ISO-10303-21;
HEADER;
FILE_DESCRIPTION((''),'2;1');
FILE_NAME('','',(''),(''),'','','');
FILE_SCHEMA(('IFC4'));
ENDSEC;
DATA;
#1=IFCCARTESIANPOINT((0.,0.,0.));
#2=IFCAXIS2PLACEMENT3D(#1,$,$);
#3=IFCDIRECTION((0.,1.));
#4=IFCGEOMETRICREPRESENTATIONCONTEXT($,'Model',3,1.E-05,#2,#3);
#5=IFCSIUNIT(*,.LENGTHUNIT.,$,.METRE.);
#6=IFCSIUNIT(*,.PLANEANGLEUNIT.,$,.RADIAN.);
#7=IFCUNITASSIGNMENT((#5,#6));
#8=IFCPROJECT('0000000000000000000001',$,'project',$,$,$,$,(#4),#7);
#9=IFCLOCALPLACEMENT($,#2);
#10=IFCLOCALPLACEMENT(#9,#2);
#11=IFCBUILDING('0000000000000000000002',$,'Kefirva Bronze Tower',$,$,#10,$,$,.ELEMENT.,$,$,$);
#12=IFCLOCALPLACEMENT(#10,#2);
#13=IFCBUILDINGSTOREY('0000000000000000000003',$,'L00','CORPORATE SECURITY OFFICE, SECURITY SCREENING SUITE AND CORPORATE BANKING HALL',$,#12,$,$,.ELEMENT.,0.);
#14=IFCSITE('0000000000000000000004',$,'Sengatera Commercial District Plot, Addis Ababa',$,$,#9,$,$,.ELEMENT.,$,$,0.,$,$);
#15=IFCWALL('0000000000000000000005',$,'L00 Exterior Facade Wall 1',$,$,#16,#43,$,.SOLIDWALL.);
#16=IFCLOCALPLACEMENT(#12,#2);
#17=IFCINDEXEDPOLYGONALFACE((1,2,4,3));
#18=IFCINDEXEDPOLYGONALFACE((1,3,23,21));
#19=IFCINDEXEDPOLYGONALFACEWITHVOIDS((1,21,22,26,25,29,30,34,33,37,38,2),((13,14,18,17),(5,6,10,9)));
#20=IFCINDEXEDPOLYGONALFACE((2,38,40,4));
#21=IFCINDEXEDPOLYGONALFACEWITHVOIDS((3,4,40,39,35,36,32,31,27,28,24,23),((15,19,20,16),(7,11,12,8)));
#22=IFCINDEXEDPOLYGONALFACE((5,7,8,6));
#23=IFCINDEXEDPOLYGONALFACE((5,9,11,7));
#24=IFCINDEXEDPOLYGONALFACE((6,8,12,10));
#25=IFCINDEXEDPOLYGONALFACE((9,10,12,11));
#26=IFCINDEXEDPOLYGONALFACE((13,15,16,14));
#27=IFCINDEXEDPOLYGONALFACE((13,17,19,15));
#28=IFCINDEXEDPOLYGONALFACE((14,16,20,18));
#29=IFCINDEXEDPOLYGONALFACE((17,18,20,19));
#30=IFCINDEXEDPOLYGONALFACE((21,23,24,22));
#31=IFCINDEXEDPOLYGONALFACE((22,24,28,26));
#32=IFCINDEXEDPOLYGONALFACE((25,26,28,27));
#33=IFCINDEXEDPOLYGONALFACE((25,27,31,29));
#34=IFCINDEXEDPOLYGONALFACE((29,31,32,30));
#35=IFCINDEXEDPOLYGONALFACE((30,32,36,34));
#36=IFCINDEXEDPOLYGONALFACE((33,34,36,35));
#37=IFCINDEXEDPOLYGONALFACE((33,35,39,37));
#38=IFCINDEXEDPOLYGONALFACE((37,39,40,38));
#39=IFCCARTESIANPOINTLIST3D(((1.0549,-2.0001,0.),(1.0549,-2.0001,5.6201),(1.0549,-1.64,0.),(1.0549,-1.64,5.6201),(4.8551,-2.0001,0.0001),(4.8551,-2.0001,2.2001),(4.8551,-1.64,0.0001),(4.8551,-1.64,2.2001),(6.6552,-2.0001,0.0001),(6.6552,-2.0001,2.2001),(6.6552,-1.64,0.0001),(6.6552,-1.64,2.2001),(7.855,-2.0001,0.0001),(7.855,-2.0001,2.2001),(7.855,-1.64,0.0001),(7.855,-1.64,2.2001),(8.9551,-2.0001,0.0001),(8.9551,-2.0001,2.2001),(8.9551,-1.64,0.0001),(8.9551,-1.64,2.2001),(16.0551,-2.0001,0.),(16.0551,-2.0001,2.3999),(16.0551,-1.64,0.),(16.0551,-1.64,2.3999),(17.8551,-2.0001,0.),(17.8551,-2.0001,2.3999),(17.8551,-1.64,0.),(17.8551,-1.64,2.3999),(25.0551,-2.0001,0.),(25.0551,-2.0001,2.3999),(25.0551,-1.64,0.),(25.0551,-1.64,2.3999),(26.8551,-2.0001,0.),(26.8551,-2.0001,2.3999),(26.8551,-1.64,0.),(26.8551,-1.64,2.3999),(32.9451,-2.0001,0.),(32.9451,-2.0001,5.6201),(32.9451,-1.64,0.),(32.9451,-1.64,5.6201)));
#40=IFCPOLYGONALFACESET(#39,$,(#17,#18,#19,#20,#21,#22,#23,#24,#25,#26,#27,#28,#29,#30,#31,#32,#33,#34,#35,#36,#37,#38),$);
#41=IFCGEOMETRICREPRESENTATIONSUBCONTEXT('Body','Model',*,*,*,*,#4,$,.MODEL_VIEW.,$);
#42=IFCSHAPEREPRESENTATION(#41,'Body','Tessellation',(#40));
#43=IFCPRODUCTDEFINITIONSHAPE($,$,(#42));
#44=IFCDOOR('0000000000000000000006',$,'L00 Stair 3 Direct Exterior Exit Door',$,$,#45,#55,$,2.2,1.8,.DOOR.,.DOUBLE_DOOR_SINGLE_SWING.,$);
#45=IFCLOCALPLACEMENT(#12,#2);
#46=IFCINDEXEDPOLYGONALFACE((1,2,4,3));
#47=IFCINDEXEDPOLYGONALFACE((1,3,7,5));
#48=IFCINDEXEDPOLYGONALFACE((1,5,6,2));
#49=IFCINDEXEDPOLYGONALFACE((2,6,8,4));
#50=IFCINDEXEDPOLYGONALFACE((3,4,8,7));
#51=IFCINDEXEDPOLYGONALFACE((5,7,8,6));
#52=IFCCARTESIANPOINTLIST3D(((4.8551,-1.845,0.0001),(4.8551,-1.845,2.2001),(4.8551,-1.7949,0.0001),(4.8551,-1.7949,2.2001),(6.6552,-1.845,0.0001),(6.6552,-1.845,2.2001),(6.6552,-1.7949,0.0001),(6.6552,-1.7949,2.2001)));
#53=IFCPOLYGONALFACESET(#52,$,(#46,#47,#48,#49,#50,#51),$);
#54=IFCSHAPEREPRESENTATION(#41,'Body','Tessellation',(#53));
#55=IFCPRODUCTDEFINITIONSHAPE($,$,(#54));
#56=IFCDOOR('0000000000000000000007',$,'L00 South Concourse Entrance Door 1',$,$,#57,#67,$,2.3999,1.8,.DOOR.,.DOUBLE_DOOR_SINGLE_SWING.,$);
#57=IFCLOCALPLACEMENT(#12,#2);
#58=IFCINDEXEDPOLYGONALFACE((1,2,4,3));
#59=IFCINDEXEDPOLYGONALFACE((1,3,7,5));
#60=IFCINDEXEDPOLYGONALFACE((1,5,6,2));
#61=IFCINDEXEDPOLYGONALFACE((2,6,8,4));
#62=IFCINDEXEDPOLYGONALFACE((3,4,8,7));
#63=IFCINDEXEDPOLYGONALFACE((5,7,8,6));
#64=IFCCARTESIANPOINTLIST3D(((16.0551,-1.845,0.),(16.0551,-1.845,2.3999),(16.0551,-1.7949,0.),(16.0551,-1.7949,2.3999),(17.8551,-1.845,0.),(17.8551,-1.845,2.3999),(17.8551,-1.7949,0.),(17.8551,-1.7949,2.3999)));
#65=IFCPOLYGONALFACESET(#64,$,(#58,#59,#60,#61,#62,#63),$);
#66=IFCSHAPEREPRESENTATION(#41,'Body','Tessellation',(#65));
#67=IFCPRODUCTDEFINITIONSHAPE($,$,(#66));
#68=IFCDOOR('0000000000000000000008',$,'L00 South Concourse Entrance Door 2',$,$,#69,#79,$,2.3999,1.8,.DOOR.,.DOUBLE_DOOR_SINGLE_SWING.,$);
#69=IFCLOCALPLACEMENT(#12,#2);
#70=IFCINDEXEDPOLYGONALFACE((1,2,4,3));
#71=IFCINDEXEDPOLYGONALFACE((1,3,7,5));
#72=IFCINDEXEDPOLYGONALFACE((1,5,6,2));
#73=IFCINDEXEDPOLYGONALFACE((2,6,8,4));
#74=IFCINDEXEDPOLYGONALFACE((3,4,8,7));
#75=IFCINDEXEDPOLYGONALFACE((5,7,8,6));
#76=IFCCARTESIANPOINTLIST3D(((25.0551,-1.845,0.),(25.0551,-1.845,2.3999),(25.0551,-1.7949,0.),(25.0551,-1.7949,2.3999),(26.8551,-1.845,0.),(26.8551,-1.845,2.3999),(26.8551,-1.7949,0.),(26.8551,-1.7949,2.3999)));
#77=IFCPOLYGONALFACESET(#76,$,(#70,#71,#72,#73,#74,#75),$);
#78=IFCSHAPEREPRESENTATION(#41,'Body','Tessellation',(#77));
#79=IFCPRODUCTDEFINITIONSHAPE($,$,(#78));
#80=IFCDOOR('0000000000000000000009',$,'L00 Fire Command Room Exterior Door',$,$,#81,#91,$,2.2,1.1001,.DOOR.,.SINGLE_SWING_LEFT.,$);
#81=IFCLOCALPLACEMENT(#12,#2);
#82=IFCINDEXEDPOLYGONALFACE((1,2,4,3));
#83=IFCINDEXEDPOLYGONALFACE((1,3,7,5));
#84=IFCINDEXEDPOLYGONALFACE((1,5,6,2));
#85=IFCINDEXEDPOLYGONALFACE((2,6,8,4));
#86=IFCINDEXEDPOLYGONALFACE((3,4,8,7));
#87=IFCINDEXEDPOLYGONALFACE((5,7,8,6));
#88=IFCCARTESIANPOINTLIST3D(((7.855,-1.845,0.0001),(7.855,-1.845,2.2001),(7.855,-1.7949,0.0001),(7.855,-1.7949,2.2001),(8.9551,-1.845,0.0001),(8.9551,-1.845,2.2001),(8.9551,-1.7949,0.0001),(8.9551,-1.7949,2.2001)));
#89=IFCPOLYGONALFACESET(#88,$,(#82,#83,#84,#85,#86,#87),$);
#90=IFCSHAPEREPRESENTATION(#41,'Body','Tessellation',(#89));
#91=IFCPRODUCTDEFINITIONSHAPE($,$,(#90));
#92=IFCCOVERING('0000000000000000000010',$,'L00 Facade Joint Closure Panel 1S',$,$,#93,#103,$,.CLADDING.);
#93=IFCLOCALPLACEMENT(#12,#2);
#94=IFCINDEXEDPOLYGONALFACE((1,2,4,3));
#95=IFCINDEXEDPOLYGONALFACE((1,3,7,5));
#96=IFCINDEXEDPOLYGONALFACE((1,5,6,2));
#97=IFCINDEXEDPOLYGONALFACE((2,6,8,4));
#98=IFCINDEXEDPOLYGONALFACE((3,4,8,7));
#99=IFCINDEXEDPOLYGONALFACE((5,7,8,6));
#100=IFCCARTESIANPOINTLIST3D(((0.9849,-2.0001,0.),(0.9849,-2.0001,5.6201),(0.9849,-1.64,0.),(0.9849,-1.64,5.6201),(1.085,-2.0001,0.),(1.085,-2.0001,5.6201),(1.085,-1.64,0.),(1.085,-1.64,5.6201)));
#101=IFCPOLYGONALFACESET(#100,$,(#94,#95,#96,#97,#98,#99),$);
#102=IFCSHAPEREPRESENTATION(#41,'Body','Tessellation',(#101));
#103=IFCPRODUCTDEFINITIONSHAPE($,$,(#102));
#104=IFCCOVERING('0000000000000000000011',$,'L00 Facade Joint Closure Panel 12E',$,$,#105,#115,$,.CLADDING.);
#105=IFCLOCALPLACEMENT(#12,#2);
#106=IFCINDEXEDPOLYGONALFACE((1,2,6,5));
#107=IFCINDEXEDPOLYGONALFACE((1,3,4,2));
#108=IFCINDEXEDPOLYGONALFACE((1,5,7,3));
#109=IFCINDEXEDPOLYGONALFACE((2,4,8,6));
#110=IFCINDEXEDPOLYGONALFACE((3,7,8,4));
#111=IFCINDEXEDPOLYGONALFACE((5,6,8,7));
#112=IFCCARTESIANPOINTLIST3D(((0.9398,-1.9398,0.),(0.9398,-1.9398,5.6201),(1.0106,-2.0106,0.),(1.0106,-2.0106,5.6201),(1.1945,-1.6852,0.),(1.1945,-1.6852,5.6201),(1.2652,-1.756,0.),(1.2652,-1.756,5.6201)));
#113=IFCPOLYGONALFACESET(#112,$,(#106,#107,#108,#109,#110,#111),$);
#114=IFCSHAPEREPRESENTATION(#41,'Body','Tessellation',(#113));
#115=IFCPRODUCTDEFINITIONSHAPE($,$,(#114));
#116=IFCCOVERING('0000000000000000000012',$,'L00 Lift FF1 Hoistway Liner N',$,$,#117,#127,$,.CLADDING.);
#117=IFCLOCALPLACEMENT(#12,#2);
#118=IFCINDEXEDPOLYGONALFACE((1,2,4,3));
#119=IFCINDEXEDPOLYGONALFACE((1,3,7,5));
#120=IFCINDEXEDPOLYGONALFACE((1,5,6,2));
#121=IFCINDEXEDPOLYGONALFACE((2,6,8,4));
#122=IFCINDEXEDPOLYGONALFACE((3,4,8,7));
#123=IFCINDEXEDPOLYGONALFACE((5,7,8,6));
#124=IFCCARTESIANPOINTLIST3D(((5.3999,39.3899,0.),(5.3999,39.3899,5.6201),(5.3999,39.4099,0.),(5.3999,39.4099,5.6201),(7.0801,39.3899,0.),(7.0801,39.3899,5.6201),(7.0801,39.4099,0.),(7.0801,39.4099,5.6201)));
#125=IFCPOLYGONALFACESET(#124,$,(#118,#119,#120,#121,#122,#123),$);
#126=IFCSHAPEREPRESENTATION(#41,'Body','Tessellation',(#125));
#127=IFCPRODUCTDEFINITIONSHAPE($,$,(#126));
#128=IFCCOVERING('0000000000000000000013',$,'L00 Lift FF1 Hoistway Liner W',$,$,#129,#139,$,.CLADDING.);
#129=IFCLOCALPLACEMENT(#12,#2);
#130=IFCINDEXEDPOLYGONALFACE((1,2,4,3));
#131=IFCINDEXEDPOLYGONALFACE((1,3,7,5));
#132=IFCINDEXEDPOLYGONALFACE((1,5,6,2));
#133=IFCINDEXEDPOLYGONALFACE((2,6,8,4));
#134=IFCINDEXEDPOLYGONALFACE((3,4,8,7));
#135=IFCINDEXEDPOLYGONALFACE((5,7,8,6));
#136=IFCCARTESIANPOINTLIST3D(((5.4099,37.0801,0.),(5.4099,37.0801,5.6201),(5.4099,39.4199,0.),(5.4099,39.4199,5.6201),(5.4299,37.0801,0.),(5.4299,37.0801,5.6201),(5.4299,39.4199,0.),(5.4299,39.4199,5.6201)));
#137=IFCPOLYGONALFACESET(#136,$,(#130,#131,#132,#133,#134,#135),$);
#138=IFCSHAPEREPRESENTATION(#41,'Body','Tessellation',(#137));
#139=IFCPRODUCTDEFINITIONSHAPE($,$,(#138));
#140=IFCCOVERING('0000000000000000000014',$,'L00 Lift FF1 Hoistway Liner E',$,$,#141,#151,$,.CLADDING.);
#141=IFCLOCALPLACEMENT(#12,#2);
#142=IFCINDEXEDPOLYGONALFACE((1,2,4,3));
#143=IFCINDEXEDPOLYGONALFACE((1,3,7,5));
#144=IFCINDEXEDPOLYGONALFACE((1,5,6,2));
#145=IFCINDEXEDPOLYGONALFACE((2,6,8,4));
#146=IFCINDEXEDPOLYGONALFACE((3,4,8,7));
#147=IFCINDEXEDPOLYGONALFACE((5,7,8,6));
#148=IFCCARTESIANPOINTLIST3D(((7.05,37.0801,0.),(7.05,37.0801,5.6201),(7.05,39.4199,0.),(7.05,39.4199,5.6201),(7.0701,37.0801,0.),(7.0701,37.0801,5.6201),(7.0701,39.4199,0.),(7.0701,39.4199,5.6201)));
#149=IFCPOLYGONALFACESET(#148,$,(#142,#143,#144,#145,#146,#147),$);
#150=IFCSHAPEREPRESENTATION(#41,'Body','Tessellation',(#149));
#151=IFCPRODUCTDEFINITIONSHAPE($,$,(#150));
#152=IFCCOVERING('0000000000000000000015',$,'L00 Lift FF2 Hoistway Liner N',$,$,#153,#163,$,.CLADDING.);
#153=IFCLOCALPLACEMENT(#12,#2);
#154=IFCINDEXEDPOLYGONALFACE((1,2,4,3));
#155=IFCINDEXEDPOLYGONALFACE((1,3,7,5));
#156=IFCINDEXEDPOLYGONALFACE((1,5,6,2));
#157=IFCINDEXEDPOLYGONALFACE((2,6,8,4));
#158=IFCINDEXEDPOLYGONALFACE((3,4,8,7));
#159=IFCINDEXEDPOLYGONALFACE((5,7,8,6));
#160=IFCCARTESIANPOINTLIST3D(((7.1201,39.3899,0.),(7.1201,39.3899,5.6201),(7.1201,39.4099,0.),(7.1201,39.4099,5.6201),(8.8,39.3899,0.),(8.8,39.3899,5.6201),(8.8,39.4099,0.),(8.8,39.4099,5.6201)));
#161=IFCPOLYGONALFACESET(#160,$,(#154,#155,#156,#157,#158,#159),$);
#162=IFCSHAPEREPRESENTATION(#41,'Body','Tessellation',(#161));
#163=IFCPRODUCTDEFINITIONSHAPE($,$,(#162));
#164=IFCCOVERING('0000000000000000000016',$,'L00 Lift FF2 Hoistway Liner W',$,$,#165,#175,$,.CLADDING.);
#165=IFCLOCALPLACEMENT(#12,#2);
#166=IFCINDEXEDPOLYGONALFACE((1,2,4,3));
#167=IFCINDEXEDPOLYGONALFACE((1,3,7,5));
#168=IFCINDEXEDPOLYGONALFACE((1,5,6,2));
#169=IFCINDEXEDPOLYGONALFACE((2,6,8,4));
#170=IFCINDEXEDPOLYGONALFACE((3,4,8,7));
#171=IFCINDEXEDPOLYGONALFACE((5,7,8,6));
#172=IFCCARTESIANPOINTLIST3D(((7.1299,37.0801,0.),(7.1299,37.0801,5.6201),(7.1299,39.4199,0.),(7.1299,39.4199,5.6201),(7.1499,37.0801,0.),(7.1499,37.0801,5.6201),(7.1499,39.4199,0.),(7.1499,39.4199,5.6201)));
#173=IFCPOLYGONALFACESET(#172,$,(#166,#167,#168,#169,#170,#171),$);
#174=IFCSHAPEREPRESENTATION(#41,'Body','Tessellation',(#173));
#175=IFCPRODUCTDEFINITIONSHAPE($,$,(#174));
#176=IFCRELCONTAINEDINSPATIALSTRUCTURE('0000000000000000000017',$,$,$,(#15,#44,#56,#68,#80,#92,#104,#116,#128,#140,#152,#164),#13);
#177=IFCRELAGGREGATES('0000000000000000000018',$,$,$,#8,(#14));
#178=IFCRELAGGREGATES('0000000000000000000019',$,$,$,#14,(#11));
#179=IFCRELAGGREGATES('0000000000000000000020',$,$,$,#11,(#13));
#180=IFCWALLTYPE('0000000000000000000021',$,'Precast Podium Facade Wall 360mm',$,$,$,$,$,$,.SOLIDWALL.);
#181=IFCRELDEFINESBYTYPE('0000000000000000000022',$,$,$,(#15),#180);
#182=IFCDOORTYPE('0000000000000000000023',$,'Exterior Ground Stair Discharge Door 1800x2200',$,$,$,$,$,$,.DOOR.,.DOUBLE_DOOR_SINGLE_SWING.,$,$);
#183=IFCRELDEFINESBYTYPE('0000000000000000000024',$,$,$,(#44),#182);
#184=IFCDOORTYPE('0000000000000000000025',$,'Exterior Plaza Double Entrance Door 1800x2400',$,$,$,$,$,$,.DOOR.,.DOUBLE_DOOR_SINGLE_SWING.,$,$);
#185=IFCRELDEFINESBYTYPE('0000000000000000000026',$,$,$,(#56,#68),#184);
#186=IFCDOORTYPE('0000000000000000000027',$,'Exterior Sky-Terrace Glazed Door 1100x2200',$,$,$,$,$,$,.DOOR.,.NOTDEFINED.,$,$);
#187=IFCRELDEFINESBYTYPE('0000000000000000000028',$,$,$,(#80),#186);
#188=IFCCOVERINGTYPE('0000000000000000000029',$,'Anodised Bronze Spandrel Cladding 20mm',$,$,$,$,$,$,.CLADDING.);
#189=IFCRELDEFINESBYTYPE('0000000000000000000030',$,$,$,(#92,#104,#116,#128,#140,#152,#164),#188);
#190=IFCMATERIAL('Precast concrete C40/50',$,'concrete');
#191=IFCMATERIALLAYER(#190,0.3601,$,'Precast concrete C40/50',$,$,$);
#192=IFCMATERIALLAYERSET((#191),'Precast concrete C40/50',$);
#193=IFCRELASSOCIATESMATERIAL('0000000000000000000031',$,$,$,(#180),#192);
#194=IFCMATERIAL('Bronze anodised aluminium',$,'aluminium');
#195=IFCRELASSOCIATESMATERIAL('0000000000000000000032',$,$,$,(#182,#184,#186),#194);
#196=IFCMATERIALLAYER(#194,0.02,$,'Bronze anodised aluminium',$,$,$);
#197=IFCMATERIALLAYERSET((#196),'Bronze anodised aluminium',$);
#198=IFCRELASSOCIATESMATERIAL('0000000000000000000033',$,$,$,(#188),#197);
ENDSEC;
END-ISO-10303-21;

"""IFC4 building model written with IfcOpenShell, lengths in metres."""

from ifc_helpers import new_model, si_unit, direction, frame, frame_2d, origin, origin_2d, place, context, subcontext, project, spatial, polyline, rectangle, outline, extrude, material, layer, layer_set, type_object, element, fill, save


model = new_model("IFC4")

# Units and contexts
model_context = context("Model", 3, precision=1e-05, world=origin(), true_north=direction((0.0, 1.0)))
body_context = subcontext(model_context, "Body", "Model", "MODEL_VIEW")
ifc_project = project(units=[si_unit("LENGTHUNIT", "METRE"), si_unit("PLANEANGLEUNIT", "RADIAN")], contexts=[model_context])

# Site, building, storey
site_placement = place(None, origin())
site = spatial("IfcSite", under=ifc_project, at=site_placement, Name="Sengatera Commercial District Plot, Addis Ababa", CompositionType="ELEMENT", RefElevation=0.0)
building_placement = place(site_placement, origin())
building = spatial("IfcBuilding", under=site, at=building_placement, Name="Kefirva Bronze Tower", CompositionType="ELEMENT")
storey_placement = place(building_placement, origin())
storey = spatial("IfcBuildingStorey", under=building, at=storey_placement, Name="L00", Description="CORPORATE SECURITY OFFICE, SECURITY SCREENING SUITE AND CORPORATE BANKING HALL", CompositionType="ELEMENT", Elevation=0.0)

# Wall, openings, doors
ifc_material_1 = material(Name="Precast concrete C40/50", Category="concrete")
ifc_layer_1 = layer(ifc_material_1, 0.3601, Name="Precast concrete C40/50")
ifc_layer_set_1 = layer_set([ifc_layer_1], Name="Precast concrete C40/50")
wall_type = type_object("IfcWallType", Name="Precast Podium Facade Wall 360mm", PredefinedType="SOLIDWALL", material=ifc_layer_set_1)
wall_placement = place(storey_placement, frame((1.0549, -1.8201, 0.0), z_axis=(0.0, 0.0, 1.0), x_axis=(1.0, 0.0, 0.0)))
wall = element("IfcWall", 1, at=wall_placement, inside=storey, type_object=wall_type, Name="L00 Exterior Facade Wall 1", PredefinedType="SOLIDWALL", context=body_context, shape_type="SweptSolid", body=[
    extrude(rectangle(XDim=31.8901, YDim=0.3601, at=frame_2d((15.9451, 0.0))), origin(), (0.0, 0.0, 1.0), 5.6201),
])
opening_1_placement = place(wall_placement, frame((5.6001, 0.0, 0.0), z_axis=(0.0, 0.0, 1.0), x_axis=(-1.0, 0.0, 0.0)))
opening_1 = element("IfcOpeningElement", 2, at=opening_1_placement, cuts=wall, PredefinedType="OPENING", context=body_context, shape_type="SweptSolid", body=[
    extrude(rectangle(XDim=1.8, YDim=2.2, at=frame_2d((0.8999, 1.1001))), frame((0.0, 0.1899, 0.0), z_axis=(0.0, -1.0, 0.0), x_axis=(1.0, 0.0, 0.0)), (0.0, 0.0, 1.0), 0.3801),
])
opening_2_placement = place(wall_placement, frame((7.9001, 0.0, 0.0), z_axis=(0.0, 0.0, 1.0), x_axis=(-1.0, 0.0, 0.0)))
opening_2 = element("IfcOpeningElement", 3, at=opening_2_placement, cuts=wall, PredefinedType="OPENING", context=body_context, shape_type="SweptSolid", body=[
    extrude(rectangle(XDim=1.1001, YDim=2.2, at=frame_2d((0.55, 1.1001))), frame((0.0, 0.1899, 0.0), z_axis=(0.0, -1.0, 0.0), x_axis=(1.0, 0.0, 0.0)), (0.0, 0.0, 1.0), 0.3801),
])
opening_3_placement = place(wall_placement, frame((16.8, 0.0, 0.0), z_axis=(0.0, 0.0, 1.0), x_axis=(-1.0, 0.0, 0.0)))
opening_3 = element("IfcOpeningElement", 4, at=opening_3_placement, cuts=wall, PredefinedType="OPENING", context=body_context, shape_type="SweptSolid", body=[
    extrude(rectangle(XDim=1.8, YDim=2.3999, at=frame_2d((0.8999, 1.2))), frame((0.0, 0.1899, 0.0), z_axis=(0.0, -1.0, 0.0), x_axis=(1.0, 0.0, 0.0)), (0.0, 0.0, 1.0), 0.3801),
])
opening_4_placement = place(wall_placement, frame((25.8, 0.0, 0.0), z_axis=(0.0, 0.0, 1.0), x_axis=(-1.0, 0.0, 0.0)))
opening_4 = element("IfcOpeningElement", 5, at=opening_4_placement, cuts=wall, PredefinedType="OPENING", context=body_context, shape_type="SweptSolid", body=[
    extrude(rectangle(XDim=1.8, YDim=2.3999, at=frame_2d((0.8999, 1.2))), frame((0.0, 0.1899, 0.0), z_axis=(0.0, -1.0, 0.0), x_axis=(1.0, 0.0, 0.0)), (0.0, 0.0, 1.0), 0.3801),
])
ifc_material_2 = material(Name="Bronze anodised aluminium", Category="aluminium")
door_type_1 = type_object("IfcDoorType", Name="Exterior Ground Stair Discharge Door 1800x2200", OperationType="DOUBLE_DOOR_SINGLE_SWING", PredefinedType="DOOR", material=ifc_material_2)
door_1_placement = place(opening_1_placement, origin())
door_1 = element("IfcDoor", 6, at=door_1_placement, inside=storey, type_object=door_type_1, Name="L00 Stair 3 Direct Exterior Exit Door", OperationType="DOUBLE_DOOR_SINGLE_SWING", OverallHeight=2.2, OverallWidth=1.8, PredefinedType="DOOR", context=body_context, shape_type="SweptSolid", body=[
    extrude(rectangle(XDim=1.8, YDim=2.2, at=frame_2d((0.8999, 1.1001))), frame((0.0, 0.0249, 0.0), z_axis=(0.0, -1.0, 0.0), x_axis=(1.0, 0.0, 0.0)), (0.0, 0.0, 1.0), 0.05),
])
fill(opening_1, door_1)
door_type_2 = type_object("IfcDoorType", Name="Exterior Plaza Double Entrance Door 1800x2400", OperationType="DOUBLE_DOOR_SINGLE_SWING", PredefinedType="DOOR", material=ifc_material_2)
door_2_placement = place(opening_3_placement, origin())
door_2 = element("IfcDoor", 7, at=door_2_placement, inside=storey, type_object=door_type_2, Name="L00 South Concourse Entrance Door 1", OperationType="DOUBLE_DOOR_SINGLE_SWING", OverallHeight=2.3999, OverallWidth=1.8, PredefinedType="DOOR", context=body_context, shape_type="SweptSolid", body=[
    extrude(rectangle(XDim=1.8, YDim=2.3999, at=frame_2d((0.8999, 1.2))), frame((0.0, 0.0249, 0.0), z_axis=(0.0, -1.0, 0.0), x_axis=(1.0, 0.0, 0.0)), (0.0, 0.0, 1.0), 0.05),
])
fill(opening_3, door_2)
door_3_placement = place(opening_4_placement, origin())
door_3 = element("IfcDoor", 8, at=door_3_placement, inside=storey, type_object=door_type_2, Name="L00 South Concourse Entrance Door 2", OperationType="DOUBLE_DOOR_SINGLE_SWING", OverallHeight=2.3999, OverallWidth=1.8, PredefinedType="DOOR", context=body_context, shape_type="SweptSolid", body=[
    extrude(rectangle(XDim=1.8, YDim=2.3999, at=frame_2d((0.8999, 1.2))), frame((0.0, 0.0249, 0.0), z_axis=(0.0, -1.0, 0.0), x_axis=(1.0, 0.0, 0.0)), (0.0, 0.0, 1.0), 0.05),
])
fill(opening_4, door_3)
door_type_3 = type_object("IfcDoorType", Name="Exterior Sky-Terrace Glazed Door 1100x2200", OperationType="NOTDEFINED", PredefinedType="DOOR", material=ifc_material_2)
door_4_placement = place(opening_2_placement, origin())
door_4 = element("IfcDoor", 9, at=door_4_placement, inside=storey, type_object=door_type_3, Name="L00 Fire Command Room Exterior Door", OperationType="SINGLE_SWING_LEFT", OverallHeight=2.2, OverallWidth=1.1001, PredefinedType="DOOR", context=body_context, shape_type="SweptSolid", body=[
    extrude(rectangle(XDim=1.1001, YDim=2.2, at=frame_2d((0.55, 1.1001))), frame((0.0, 0.0249, 0.0), z_axis=(0.0, -1.0, 0.0), x_axis=(1.0, 0.0, 0.0)), (0.0, 0.0, 1.0), 0.05),
])
fill(opening_2, door_4)

# Coverings
ifc_layer_2 = layer(ifc_material_2, 0.02, Name="Bronze anodised aluminium")
ifc_layer_set_2 = layer_set([ifc_layer_2], Name="Bronze anodised aluminium")
covering_type_1 = type_object("IfcCoveringType", Name="Anodised Bronze Spandrel Cladding 20mm", PredefinedType="CLADDING", material=ifc_layer_set_2)
for number, where, z_axis, x_axis, name in (
    (10, (1.0349, -1.8201, 0.0), (0.0, 0.0, 1.0), (1.0, 0.0, 0.0), "L00 Facade Joint Closure Panel 1S"),
    (11, (1.1025, -1.8479, 0.0), (0.0, 0.0, 1.0), (0.707107, -0.707107, 0.0), "L00 Facade Joint Closure Panel 12E"),
):
    element("IfcCovering", number, at=place(storey_placement, frame(where, z_axis=z_axis, x_axis=x_axis)), inside=storey, type_object=covering_type_1, Name=name, PredefinedType="CLADDING", context=body_context, shape_type="SweptSolid", body=[
        extrude(rectangle(XDim=0.1001, YDim=0.3601, at=origin_2d()), origin(), (0.0, 0.0, 1.0), 5.6201),
    ])
covering_1_placement = place(storey_placement, origin())
element("IfcCovering", 12, at=covering_1_placement, inside=storey, type_object=covering_type_1, Name="L00 Lift FF1 Hoistway Liner N", PredefinedType="CLADDING", context=body_context, shape_type="SweptSolid", body=[
    extrude(outline(polyline([(5.3999, 39.3899), (7.0801, 39.3899), (7.0801, 39.4099), (5.3999, 39.4099), (5.3999, 39.3899)])), origin(), (0.0, 0.0, 1.0), 5.6201),
])
covering_2_placement = place(storey_placement, origin())
element("IfcCovering", 13, at=covering_2_placement, inside=storey, type_object=covering_type_1, Name="L00 Lift FF1 Hoistway Liner W", PredefinedType="CLADDING", context=body_context, shape_type="SweptSolid", body=[
    extrude(outline(polyline([(5.4099, 37.0801), (5.4299, 37.0801), (5.4299, 39.4199), (5.4099, 39.4199), (5.4099, 37.0801)])), origin(), (0.0, 0.0, 1.0), 5.6201),
])
covering_3_placement = place(storey_placement, origin())
element("IfcCovering", 14, at=covering_3_placement, inside=storey, type_object=covering_type_1, Name="L00 Lift FF1 Hoistway Liner E", PredefinedType="CLADDING", context=body_context, shape_type="SweptSolid", body=[
    extrude(outline(polyline([(7.05, 37.0801), (7.0701, 37.0801), (7.0701, 39.4199), (7.05, 39.4199), (7.05, 37.0801)])), origin(), (0.0, 0.0, 1.0), 5.6201),
])
covering_4_placement = place(storey_placement, origin())
element("IfcCovering", 15, at=covering_4_placement, inside=storey, type_object=covering_type_1, Name="L00 Lift FF2 Hoistway Liner N", PredefinedType="CLADDING", context=body_context, shape_type="SweptSolid", body=[
    extrude(outline(polyline([(7.1201, 39.3899), (8.8, 39.3899), (8.8, 39.4099), (7.1201, 39.4099), (7.1201, 39.3899)])), origin(), (0.0, 0.0, 1.0), 5.6201),
])
covering_5_placement = place(storey_placement, origin())
element("IfcCovering", 16, at=covering_5_placement, inside=storey, type_object=covering_type_1, Name="L00 Lift FF2 Hoistway Liner W", PredefinedType="CLADDING", context=body_context, shape_type="SweptSolid", body=[
    extrude(outline(polyline([(7.1299, 37.0801), (7.1499, 37.0801), (7.1499, 39.4199), (7.1299, 39.4199), (7.1299, 37.0801)])), origin(), (0.0, 0.0, 1.0), 5.6201),
])

save(model, "model.ifc")
